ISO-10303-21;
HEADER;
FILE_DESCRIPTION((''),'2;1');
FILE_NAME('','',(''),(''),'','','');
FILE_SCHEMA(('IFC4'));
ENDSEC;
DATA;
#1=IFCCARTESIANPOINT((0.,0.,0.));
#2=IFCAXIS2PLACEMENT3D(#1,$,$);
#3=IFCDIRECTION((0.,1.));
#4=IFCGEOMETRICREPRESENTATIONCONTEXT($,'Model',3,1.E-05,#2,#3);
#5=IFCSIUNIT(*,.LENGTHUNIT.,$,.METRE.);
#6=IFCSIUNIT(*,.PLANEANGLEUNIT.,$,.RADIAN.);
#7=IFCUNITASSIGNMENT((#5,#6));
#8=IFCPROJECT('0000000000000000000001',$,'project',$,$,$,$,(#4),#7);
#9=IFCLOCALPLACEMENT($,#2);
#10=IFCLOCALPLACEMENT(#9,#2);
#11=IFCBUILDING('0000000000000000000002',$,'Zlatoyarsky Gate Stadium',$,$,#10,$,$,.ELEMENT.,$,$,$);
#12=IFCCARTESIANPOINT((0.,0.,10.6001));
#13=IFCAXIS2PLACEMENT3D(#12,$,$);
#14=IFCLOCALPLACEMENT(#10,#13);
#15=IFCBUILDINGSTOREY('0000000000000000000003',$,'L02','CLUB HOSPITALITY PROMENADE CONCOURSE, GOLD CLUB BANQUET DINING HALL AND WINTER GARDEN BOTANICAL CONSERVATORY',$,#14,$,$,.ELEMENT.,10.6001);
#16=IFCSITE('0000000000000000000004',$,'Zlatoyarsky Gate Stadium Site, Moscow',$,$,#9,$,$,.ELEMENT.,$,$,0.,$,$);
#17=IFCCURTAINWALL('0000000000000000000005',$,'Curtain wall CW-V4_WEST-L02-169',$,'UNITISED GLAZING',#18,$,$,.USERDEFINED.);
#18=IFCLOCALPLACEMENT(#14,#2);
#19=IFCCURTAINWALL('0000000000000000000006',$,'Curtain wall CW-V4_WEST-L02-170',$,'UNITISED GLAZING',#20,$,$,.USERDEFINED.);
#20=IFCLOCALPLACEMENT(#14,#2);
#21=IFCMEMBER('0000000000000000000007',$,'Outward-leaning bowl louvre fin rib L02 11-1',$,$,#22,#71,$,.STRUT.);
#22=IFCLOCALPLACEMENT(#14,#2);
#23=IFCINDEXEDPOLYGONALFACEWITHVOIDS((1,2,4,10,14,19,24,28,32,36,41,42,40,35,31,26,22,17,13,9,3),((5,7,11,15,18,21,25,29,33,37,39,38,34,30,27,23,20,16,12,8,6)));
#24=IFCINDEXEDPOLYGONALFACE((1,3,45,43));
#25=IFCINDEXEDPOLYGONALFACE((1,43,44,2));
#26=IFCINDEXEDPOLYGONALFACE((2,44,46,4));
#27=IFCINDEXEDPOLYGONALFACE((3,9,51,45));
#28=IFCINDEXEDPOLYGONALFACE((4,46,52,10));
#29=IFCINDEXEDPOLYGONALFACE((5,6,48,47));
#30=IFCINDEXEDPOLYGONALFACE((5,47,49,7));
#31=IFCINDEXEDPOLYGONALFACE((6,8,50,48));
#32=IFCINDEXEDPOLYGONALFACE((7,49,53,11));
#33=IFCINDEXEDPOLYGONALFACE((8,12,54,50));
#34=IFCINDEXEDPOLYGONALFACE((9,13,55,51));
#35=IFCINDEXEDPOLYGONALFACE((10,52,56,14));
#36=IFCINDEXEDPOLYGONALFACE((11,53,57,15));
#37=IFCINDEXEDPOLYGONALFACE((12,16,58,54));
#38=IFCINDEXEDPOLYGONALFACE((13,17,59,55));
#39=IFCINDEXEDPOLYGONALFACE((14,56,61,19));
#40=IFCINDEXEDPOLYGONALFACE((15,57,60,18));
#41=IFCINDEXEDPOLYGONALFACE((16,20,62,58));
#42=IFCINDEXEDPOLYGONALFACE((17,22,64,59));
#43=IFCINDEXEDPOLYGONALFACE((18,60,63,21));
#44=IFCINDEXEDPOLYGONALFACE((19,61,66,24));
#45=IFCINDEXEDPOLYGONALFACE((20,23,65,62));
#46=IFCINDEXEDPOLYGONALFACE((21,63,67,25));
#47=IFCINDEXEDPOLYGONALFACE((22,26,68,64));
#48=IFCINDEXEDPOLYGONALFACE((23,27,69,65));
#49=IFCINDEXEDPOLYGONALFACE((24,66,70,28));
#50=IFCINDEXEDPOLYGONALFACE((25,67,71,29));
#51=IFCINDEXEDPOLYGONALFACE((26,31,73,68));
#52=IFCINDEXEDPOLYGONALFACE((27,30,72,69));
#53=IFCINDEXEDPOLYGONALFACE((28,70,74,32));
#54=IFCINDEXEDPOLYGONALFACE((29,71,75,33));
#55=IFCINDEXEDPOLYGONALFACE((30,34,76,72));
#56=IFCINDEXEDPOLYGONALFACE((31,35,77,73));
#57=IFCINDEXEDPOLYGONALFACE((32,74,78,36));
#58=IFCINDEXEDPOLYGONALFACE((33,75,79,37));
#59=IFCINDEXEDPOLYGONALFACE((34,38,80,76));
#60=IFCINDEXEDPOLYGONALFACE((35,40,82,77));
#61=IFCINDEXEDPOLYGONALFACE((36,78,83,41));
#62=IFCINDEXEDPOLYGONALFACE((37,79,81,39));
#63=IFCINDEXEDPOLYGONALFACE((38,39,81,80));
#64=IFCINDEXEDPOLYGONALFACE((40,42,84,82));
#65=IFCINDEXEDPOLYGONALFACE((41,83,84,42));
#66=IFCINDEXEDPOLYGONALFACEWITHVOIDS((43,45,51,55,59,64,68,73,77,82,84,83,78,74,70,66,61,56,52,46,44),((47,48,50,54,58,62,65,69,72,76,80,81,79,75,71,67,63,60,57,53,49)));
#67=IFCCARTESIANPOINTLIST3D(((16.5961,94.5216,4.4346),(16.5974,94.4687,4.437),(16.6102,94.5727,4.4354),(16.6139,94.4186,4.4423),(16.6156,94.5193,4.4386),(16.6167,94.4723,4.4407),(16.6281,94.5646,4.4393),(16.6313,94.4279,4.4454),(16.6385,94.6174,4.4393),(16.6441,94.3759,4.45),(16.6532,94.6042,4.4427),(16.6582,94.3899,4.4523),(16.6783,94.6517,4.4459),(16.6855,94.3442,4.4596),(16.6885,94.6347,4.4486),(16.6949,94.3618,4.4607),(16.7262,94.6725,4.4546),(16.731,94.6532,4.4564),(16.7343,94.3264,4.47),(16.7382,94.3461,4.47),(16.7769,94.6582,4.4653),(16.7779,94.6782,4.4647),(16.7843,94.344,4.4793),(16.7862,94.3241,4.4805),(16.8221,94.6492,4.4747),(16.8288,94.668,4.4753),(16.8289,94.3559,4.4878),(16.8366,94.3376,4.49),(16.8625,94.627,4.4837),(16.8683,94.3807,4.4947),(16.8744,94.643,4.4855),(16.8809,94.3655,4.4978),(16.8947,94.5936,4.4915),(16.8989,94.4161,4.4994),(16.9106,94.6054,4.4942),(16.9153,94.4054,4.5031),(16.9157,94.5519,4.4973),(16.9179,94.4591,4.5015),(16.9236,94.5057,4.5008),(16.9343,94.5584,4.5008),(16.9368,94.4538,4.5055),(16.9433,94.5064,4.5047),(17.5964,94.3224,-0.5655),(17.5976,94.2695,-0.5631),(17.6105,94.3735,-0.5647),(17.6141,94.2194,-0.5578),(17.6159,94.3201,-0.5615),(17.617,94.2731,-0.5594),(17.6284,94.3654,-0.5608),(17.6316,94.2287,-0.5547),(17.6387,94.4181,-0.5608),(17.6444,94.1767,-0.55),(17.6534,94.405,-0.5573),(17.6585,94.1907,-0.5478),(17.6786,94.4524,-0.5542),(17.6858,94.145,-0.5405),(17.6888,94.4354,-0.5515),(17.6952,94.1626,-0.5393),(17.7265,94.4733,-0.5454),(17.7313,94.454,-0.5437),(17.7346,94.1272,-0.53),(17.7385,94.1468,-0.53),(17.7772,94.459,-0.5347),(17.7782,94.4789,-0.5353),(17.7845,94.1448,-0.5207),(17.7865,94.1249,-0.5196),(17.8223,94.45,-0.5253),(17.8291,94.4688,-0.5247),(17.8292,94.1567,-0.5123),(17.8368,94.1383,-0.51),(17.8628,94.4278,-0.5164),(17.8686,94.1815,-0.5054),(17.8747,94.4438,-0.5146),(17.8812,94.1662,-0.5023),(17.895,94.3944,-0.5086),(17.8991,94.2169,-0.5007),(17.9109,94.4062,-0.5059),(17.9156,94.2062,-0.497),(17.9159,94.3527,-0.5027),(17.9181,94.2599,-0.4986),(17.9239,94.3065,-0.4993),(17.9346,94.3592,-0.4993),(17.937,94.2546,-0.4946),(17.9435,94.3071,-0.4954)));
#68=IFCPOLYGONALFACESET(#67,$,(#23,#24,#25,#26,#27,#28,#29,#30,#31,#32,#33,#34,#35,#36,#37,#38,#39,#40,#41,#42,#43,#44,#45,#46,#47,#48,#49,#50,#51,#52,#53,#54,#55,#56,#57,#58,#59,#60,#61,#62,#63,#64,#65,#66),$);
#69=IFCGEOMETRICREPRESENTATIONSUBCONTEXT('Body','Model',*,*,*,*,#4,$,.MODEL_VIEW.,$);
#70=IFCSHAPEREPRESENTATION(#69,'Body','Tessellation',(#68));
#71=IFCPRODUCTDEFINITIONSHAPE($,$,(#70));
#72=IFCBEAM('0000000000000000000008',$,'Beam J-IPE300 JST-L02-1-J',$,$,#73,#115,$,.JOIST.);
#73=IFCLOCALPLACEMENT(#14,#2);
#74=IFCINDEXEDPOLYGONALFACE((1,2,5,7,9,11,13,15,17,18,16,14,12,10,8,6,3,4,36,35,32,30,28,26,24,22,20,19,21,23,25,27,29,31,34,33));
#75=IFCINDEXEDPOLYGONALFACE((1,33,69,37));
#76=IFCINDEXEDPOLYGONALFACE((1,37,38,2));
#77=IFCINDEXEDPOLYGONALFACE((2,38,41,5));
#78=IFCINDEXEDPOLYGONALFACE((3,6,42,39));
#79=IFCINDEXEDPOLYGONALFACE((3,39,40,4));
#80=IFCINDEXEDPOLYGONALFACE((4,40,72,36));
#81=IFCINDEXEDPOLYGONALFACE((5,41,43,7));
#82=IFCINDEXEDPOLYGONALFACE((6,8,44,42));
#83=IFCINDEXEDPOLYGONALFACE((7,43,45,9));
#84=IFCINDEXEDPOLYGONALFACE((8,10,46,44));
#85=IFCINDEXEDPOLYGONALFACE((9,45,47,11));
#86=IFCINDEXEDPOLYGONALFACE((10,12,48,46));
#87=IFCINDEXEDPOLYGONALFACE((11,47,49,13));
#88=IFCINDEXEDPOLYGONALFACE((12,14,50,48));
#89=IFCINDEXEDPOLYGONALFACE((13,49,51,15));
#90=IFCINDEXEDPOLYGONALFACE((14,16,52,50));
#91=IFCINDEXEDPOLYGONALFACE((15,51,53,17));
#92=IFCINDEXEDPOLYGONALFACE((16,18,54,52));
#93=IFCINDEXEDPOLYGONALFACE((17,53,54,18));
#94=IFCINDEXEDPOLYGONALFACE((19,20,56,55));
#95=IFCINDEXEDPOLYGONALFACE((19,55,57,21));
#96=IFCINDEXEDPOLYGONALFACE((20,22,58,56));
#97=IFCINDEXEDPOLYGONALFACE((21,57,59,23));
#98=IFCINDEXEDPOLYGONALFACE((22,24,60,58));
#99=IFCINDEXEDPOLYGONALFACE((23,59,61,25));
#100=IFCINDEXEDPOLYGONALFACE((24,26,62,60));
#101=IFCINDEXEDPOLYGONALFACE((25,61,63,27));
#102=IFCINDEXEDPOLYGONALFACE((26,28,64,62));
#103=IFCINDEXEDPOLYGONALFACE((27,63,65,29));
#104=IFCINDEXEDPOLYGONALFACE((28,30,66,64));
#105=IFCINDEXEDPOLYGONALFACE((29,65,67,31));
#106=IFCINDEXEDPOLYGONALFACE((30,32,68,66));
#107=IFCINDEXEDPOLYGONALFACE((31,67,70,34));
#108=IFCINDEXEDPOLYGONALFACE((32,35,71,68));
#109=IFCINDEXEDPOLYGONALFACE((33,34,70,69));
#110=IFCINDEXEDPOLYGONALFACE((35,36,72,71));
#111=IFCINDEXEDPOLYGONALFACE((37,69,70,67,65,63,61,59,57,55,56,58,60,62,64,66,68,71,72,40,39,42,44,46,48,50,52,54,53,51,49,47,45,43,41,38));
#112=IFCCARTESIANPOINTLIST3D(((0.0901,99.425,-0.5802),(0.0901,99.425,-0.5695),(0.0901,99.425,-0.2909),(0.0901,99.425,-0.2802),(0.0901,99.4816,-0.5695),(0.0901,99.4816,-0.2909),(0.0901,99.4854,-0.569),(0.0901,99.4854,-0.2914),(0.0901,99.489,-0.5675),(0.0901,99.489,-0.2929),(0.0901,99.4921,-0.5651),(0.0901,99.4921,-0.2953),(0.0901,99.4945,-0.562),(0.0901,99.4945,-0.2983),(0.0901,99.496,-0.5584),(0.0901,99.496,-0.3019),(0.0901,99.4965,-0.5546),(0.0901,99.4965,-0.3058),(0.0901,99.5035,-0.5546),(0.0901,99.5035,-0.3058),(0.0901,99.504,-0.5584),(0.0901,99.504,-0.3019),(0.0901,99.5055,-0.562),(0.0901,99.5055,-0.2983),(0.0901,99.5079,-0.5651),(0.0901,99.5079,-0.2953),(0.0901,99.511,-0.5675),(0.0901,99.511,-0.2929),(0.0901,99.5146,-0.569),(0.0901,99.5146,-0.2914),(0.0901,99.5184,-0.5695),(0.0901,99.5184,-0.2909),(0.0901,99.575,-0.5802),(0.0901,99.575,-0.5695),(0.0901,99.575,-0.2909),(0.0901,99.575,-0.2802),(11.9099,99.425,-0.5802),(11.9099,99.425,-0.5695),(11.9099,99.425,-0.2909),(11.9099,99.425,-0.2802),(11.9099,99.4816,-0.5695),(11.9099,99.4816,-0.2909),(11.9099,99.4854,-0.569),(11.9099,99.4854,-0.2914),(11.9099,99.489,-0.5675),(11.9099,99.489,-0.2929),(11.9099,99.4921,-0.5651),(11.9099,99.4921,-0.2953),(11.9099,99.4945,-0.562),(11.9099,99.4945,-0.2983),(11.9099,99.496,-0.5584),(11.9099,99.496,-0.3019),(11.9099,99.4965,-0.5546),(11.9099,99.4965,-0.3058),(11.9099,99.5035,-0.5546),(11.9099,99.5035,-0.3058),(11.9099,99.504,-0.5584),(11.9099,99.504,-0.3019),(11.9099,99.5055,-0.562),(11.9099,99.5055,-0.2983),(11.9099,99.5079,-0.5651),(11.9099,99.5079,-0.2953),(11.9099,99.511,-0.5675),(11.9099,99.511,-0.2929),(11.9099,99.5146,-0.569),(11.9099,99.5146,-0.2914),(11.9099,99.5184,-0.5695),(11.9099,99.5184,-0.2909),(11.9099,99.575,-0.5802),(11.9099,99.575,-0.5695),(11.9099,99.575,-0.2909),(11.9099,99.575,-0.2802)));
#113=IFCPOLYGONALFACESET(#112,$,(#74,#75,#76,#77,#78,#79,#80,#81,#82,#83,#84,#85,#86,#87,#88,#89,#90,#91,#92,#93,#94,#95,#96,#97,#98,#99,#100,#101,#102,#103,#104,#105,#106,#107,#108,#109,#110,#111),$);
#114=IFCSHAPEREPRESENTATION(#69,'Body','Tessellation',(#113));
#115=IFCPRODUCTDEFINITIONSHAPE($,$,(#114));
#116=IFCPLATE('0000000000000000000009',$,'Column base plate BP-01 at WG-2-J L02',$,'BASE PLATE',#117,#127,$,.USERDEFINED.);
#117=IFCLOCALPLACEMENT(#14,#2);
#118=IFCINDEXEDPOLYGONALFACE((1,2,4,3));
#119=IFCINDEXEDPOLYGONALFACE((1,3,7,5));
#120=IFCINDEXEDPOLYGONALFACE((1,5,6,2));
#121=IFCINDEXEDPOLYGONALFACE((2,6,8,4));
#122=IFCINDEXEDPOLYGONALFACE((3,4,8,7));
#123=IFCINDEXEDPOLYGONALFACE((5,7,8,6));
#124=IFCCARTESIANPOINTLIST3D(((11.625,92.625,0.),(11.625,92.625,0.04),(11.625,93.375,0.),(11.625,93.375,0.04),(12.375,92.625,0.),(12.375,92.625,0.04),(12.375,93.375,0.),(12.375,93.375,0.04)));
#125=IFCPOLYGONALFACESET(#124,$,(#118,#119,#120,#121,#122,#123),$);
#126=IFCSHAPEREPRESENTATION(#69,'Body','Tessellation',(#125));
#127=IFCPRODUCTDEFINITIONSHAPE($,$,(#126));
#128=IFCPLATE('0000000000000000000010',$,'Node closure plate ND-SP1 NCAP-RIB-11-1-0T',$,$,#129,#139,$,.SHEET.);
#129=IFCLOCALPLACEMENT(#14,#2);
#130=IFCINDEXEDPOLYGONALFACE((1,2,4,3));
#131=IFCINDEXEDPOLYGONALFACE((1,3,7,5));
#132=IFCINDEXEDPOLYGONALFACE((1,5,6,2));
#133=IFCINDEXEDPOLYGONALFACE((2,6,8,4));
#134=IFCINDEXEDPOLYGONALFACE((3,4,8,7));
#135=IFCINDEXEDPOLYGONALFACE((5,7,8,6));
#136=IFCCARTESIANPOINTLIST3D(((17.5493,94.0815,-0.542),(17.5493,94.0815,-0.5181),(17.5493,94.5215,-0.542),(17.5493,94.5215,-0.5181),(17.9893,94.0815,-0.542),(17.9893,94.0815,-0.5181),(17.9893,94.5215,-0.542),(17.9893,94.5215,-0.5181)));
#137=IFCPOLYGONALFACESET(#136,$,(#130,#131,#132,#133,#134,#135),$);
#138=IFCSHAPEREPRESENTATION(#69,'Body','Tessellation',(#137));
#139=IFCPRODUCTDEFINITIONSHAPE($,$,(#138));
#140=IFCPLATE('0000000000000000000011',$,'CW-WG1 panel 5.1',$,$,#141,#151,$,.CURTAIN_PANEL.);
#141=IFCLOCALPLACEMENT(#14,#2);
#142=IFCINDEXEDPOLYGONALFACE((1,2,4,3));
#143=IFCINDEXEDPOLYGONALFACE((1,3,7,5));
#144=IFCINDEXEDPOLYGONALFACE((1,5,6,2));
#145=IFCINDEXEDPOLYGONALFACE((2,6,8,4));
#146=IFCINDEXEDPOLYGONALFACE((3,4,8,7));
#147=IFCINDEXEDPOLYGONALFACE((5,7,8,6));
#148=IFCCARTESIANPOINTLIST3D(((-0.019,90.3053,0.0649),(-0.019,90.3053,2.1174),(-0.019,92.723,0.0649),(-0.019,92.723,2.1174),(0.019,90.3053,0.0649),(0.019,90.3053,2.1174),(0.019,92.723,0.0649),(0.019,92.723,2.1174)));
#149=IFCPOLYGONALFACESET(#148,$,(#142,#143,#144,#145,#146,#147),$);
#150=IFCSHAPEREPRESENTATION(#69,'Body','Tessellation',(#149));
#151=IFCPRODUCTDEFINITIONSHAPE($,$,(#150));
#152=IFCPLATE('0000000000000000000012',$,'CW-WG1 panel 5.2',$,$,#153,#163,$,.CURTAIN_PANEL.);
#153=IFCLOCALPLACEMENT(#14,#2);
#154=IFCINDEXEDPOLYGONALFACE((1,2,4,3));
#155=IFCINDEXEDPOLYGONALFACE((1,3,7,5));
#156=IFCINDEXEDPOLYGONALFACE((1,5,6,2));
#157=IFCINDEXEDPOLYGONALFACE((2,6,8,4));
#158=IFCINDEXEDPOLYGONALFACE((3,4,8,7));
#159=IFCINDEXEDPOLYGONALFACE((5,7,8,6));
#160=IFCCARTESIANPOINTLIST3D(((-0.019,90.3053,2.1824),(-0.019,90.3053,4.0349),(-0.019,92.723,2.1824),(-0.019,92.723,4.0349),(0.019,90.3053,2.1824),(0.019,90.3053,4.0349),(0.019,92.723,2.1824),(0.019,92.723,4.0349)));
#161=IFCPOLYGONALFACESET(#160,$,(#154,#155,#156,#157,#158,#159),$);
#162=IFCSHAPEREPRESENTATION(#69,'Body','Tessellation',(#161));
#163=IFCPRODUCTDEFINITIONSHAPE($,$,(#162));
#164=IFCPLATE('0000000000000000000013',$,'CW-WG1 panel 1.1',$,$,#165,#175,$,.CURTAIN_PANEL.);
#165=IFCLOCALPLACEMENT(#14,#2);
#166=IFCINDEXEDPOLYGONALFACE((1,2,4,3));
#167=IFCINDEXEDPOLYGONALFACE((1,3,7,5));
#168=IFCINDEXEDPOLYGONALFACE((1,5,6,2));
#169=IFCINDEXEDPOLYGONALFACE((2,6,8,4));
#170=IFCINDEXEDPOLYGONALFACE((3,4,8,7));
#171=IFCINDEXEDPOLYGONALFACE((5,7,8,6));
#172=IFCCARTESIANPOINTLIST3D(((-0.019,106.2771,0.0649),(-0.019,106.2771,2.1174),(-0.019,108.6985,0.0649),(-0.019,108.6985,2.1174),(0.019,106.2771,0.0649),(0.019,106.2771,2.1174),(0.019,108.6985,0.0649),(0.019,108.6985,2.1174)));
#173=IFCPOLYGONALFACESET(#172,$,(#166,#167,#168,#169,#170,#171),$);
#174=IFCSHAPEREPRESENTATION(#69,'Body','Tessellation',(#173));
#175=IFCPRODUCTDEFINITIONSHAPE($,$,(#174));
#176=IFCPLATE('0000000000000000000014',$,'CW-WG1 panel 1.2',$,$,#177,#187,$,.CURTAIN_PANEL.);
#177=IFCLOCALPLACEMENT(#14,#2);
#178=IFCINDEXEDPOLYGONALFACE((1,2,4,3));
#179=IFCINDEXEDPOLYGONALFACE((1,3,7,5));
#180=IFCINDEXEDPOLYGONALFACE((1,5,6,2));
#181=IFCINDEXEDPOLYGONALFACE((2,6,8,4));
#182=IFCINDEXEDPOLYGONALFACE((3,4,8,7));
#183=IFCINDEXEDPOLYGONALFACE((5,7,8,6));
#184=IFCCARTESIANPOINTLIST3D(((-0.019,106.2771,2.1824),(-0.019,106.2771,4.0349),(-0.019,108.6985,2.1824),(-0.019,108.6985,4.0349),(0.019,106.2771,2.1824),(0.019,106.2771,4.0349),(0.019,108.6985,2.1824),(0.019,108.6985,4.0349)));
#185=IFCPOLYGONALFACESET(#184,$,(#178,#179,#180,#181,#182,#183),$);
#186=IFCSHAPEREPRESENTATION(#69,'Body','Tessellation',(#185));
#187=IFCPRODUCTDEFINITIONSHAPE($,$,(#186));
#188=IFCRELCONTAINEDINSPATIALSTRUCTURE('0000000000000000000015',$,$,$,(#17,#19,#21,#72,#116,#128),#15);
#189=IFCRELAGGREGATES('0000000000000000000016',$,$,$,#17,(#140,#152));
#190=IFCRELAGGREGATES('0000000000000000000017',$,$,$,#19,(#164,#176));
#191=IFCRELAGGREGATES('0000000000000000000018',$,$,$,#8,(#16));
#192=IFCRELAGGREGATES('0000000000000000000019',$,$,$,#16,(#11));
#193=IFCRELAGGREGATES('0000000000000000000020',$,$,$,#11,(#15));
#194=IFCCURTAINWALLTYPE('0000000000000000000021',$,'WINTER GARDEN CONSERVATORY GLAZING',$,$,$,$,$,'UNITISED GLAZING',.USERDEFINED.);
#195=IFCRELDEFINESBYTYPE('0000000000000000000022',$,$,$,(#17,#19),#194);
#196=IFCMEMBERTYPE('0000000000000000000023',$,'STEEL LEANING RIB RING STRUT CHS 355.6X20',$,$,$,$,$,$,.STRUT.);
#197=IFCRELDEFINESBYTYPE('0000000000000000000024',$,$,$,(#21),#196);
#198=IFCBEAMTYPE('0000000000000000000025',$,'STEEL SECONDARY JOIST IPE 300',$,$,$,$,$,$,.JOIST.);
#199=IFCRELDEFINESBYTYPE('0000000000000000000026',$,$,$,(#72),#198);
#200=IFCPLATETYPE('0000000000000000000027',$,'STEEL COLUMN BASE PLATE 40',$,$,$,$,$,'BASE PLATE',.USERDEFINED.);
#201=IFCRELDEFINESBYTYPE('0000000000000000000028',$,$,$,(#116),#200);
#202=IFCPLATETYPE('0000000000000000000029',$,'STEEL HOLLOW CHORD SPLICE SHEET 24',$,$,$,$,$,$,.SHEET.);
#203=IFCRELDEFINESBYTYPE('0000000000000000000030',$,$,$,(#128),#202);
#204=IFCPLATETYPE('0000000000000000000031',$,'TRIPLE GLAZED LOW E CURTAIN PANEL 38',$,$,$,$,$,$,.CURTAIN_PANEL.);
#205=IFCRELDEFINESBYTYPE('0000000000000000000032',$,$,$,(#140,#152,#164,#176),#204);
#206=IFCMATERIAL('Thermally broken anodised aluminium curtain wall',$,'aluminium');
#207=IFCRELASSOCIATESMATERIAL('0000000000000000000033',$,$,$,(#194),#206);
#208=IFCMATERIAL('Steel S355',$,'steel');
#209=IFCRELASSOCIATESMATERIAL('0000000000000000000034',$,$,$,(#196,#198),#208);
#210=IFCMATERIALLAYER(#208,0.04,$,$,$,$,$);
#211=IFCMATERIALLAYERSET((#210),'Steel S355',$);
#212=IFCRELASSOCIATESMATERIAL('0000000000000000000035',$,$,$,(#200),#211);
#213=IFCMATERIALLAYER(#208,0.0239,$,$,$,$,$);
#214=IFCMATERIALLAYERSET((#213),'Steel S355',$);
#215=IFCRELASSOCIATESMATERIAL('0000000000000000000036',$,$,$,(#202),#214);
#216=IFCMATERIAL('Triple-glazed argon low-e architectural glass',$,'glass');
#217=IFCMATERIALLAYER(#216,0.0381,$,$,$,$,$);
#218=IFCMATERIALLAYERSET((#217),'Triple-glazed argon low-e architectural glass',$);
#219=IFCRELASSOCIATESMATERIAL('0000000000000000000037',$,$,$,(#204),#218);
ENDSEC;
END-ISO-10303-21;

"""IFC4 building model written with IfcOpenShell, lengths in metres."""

from ifc_helpers import new_model, si_unit, direction, frame, origin, origin_2d, place, context, subcontext, project, spatial, rectangle, hollow_circle, i_section, extrude, material, layer, layer_set, material_profile, profile_set, type_object, element, aggregate, save


model = new_model("IFC4")

# Units and contexts
model_context = context("Model", 3, precision=1e-05, world=origin(), true_north=direction((0.0, 1.0)))
body_context = subcontext(model_context, "Body", "Model", "MODEL_VIEW")
ifc_project = project(units=[si_unit("LENGTHUNIT", "METRE"), si_unit("PLANEANGLEUNIT", "RADIAN")], contexts=[model_context])

# Site, building, storey
site_placement = place(None, origin())
site = spatial("IfcSite", under=ifc_project, at=site_placement, Name="Zlatoyarsky Gate Stadium Site, Moscow", CompositionType="ELEMENT", RefElevation=0.0)
building_placement = place(site_placement, origin())
building = spatial("IfcBuilding", under=site, at=building_placement, Name="Zlatoyarsky Gate Stadium", CompositionType="ELEMENT")
storey_placement = place(building_placement, frame((0.0, 0.0, 10.6001)))
storey = spatial("IfcBuildingStorey", under=building, at=storey_placement, Name="L02", Description="CLUB HOSPITALITY PROMENADE CONCOURSE, GOLD CLUB BANQUET DINING HALL AND WINTER GARDEN BOTANICAL CONSERVATORY", CompositionType="ELEMENT", Elevation=10.6001)

# Shared definitions
ifc_material_1 = material(Name="Steel S355", Category="steel")

# Curtain wall
ifc_material_2 = material(Name="Thermally broken anodised aluminium curtain wall", Category="aluminium")
curtain_wall_type = type_object("IfcCurtainWallType", Name="WINTER GARDEN CONSERVATORY GLAZING", ElementType="UNITISED GLAZING", PredefinedType="USERDEFINED", material=ifc_material_2)
curtain_wall_1_placement = place(storey_placement, origin())
curtain_wall_1 = element("IfcCurtainWall", 1, at=curtain_wall_1_placement, inside=storey, type_object=curtain_wall_type, Name="Curtain wall CW-V4_WEST-L02-169", ObjectType="UNITISED GLAZING", PredefinedType="USERDEFINED")

# Curtain wall
curtain_wall_2_placement = place(storey_placement, origin())
curtain_wall_2 = element("IfcCurtainWall", 2, at=curtain_wall_2_placement, inside=storey, type_object=curtain_wall_type, Name="Curtain wall CW-V4_WEST-L02-170", ObjectType="UNITISED GLAZING", PredefinedType="USERDEFINED")

# Member
ifc_material_profile_1 = material_profile(ifc_material_1, hollow_circle(Radius=0.1777, WallThickness=0.02, at=origin_2d()), Name="CHS 355.6X20")
ifc_profile_set_1 = profile_set([ifc_material_profile_1], Name="Steel S355")
member_type_1 = type_object("IfcMemberType", Name="STEEL LEANING RIB RING STRUT CHS 355.6X20", PredefinedType="STRUT", material=ifc_profile_set_1)
member_1_placement = place(storey_placement, frame((17.7693, 94.3015, -0.53), z_axis=(-0.196013, 0.03904, 0.979824), x_axis=(-0.195333, -0.980737, 0.0)))
element("IfcMember", 3, at=member_1_placement, inside=storey, type_object=member_type_1, Name="Outward-leaning bowl louvre fin rib L02 11-1", PredefinedType="STRUT", context=body_context, shape_type="SweptSolid", body=[
    extrude(hollow_circle(Radius=0.1777, WallThickness=0.02, at=origin_2d()), origin(), (0.0, 0.0, 1.0), 5.103),
])

# Beam
ifc_material_profile_2 = material_profile(ifc_material_1, i_section(OverallWidth=0.1499, OverallDepth=0.3, WebThickness=0.0071, FlangeThickness=0.0107, FilletRadius=0.0149, at=origin_2d()), Name="IPE 300")
ifc_profile_set_2 = profile_set([ifc_material_profile_2], Name="Steel S355")
beam_type_1 = type_object("IfcBeamType", Name="STEEL SECONDARY JOIST IPE 300", PredefinedType="JOIST", material=ifc_profile_set_2)
beam_1_placement = place(storey_placement, frame((0.0901, 99.5, -0.4302), z_axis=(1.0, 0.0, 0.0), x_axis=(0.0, 1.0, 0.0)))
element("IfcBeam", 4, at=beam_1_placement, inside=storey, type_object=beam_type_1, Name="Beam J-IPE300 JST-L02-1-J", PredefinedType="JOIST", context=body_context, shape_type="SweptSolid", body=[
    extrude(i_section(OverallWidth=0.1499, OverallDepth=0.3, WebThickness=0.0071, FlangeThickness=0.0107, FilletRadius=0.0149, at=origin_2d()), origin(), (0.0, 0.0, 1.0), 11.8198),
])

# Plates
ifc_layer_1 = layer(ifc_material_1, 0.04)
ifc_layer_set_1 = layer_set([ifc_layer_1], Name="Steel S355")
plate_type_1 = type_object("IfcPlateType", Name="STEEL COLUMN BASE PLATE 40", ElementType="BASE PLATE", PredefinedType="USERDEFINED", material=ifc_layer_set_1)
plate_1_placement = place(storey_placement, frame((12.0, 93.0, 0.0), z_axis=(0.0, 0.0, 1.0), x_axis=(1.0, 0.0, 0.0)))
element("IfcPlate", 5, at=plate_1_placement, inside=storey, type_object=plate_type_1, Name="Column base plate BP-01 at WG-2-J L02", ObjectType="BASE PLATE", PredefinedType="USERDEFINED", context=body_context, shape_type="SweptSolid", body=[
    extrude(rectangle(XDim=0.75, YDim=0.75, at=origin_2d()), origin(), (0.0, 0.0, 1.0), 0.04),
])
ifc_layer_2 = layer(ifc_material_1, 0.0239)
ifc_layer_set_2 = layer_set([ifc_layer_2], Name="Steel S355")
plate_type_2 = type_object("IfcPlateType", Name="STEEL HOLLOW CHORD SPLICE SHEET 24", PredefinedType="SHEET", material=ifc_layer_set_2)
plate_2_placement = place(storey_placement, frame((17.7693, 94.3015, -0.542), z_axis=(0.0, 0.0, 1.0), x_axis=(1.0, 0.0, 0.0)))
element("IfcPlate", 6, at=plate_2_placement, inside=storey, type_object=plate_type_2, Name="Node closure plate ND-SP1 NCAP-RIB-11-1-0T", PredefinedType="SHEET", context=body_context, shape_type="SweptSolid", body=[
    extrude(rectangle(XDim=0.4399, YDim=0.4399, at=origin_2d()), origin(), (0.0, 0.0, 1.0), 0.0239),
])

# Plates
ifc_material_3 = material(Name="Triple-glazed argon low-e architectural glass", Category="glass")
ifc_layer_3 = layer(ifc_material_3, 0.0381)
ifc_layer_set_3 = layer_set([ifc_layer_3], Name="Triple-glazed argon low-e architectural glass")
plate_type_3 = type_object("IfcPlateType", Name="TRIPLE GLAZED LOW E CURTAIN PANEL 38", PredefinedType="CURTAIN_PANEL", material=ifc_layer_set_3)
plate_3_placement = place(storey_placement, frame((0.0, 91.5142, 0.0649), z_axis=(0.0, 0.0, 1.0), x_axis=(0.0, 1.0, 0.0)))
plate_3 = element("IfcPlate", 7, at=plate_3_placement, type_object=plate_type_3, Name="CW-WG1 panel 5.1", PredefinedType="CURTAIN_PANEL", context=body_context, shape_type="SweptSolid", body=[
    extrude(rectangle(XDim=2.4177, YDim=0.0381, at=origin_2d()), origin(), (0.0, 0.0, 1.0), 2.0525),
])
plate_4_placement = place(storey_placement, frame((0.0, 91.5142, 2.1824), z_axis=(0.0, 0.0, 1.0), x_axis=(0.0, 1.0, 0.0)))
plate_4 = element("IfcPlate", 8, at=plate_4_placement, type_object=plate_type_3, Name="CW-WG1 panel 5.2", PredefinedType="CURTAIN_PANEL", context=body_context, shape_type="SweptSolid", body=[
    extrude(rectangle(XDim=2.4177, YDim=0.0381, at=origin_2d()), origin(), (0.0, 0.0, 1.0), 1.8525),
])
aggregate(curtain_wall_1, [plate_3, plate_4])
plate_5_placement = place(storey_placement, frame((0.0, 107.4878, 0.0649), z_axis=(0.0, 0.0, 1.0), x_axis=(0.0, 1.0, 0.0)))
plate_5 = element("IfcPlate", 9, at=plate_5_placement, type_object=plate_type_3, Name="CW-WG1 panel 1.1", PredefinedType="CURTAIN_PANEL", context=body_context, shape_type="SweptSolid", body=[
    extrude(rectangle(XDim=2.4214, YDim=0.0381, at=origin_2d()), origin(), (0.0, 0.0, 1.0), 2.0525),
])
plate_6_placement = place(storey_placement, frame((0.0, 107.4878, 2.1824), z_axis=(0.0, 0.0, 1.0), x_axis=(0.0, 1.0, 0.0)))
plate_6 = element("IfcPlate", 10, at=plate_6_placement, type_object=plate_type_3, Name="CW-WG1 panel 1.2", PredefinedType="CURTAIN_PANEL", context=body_context, shape_type="SweptSolid", body=[
    extrude(rectangle(XDim=2.4214, YDim=0.0381, at=origin_2d()), origin(), (0.0, 0.0, 1.0), 1.8525),
])
aggregate(curtain_wall_2, [plate_5, plate_6])

save(model, "model.ifc")
